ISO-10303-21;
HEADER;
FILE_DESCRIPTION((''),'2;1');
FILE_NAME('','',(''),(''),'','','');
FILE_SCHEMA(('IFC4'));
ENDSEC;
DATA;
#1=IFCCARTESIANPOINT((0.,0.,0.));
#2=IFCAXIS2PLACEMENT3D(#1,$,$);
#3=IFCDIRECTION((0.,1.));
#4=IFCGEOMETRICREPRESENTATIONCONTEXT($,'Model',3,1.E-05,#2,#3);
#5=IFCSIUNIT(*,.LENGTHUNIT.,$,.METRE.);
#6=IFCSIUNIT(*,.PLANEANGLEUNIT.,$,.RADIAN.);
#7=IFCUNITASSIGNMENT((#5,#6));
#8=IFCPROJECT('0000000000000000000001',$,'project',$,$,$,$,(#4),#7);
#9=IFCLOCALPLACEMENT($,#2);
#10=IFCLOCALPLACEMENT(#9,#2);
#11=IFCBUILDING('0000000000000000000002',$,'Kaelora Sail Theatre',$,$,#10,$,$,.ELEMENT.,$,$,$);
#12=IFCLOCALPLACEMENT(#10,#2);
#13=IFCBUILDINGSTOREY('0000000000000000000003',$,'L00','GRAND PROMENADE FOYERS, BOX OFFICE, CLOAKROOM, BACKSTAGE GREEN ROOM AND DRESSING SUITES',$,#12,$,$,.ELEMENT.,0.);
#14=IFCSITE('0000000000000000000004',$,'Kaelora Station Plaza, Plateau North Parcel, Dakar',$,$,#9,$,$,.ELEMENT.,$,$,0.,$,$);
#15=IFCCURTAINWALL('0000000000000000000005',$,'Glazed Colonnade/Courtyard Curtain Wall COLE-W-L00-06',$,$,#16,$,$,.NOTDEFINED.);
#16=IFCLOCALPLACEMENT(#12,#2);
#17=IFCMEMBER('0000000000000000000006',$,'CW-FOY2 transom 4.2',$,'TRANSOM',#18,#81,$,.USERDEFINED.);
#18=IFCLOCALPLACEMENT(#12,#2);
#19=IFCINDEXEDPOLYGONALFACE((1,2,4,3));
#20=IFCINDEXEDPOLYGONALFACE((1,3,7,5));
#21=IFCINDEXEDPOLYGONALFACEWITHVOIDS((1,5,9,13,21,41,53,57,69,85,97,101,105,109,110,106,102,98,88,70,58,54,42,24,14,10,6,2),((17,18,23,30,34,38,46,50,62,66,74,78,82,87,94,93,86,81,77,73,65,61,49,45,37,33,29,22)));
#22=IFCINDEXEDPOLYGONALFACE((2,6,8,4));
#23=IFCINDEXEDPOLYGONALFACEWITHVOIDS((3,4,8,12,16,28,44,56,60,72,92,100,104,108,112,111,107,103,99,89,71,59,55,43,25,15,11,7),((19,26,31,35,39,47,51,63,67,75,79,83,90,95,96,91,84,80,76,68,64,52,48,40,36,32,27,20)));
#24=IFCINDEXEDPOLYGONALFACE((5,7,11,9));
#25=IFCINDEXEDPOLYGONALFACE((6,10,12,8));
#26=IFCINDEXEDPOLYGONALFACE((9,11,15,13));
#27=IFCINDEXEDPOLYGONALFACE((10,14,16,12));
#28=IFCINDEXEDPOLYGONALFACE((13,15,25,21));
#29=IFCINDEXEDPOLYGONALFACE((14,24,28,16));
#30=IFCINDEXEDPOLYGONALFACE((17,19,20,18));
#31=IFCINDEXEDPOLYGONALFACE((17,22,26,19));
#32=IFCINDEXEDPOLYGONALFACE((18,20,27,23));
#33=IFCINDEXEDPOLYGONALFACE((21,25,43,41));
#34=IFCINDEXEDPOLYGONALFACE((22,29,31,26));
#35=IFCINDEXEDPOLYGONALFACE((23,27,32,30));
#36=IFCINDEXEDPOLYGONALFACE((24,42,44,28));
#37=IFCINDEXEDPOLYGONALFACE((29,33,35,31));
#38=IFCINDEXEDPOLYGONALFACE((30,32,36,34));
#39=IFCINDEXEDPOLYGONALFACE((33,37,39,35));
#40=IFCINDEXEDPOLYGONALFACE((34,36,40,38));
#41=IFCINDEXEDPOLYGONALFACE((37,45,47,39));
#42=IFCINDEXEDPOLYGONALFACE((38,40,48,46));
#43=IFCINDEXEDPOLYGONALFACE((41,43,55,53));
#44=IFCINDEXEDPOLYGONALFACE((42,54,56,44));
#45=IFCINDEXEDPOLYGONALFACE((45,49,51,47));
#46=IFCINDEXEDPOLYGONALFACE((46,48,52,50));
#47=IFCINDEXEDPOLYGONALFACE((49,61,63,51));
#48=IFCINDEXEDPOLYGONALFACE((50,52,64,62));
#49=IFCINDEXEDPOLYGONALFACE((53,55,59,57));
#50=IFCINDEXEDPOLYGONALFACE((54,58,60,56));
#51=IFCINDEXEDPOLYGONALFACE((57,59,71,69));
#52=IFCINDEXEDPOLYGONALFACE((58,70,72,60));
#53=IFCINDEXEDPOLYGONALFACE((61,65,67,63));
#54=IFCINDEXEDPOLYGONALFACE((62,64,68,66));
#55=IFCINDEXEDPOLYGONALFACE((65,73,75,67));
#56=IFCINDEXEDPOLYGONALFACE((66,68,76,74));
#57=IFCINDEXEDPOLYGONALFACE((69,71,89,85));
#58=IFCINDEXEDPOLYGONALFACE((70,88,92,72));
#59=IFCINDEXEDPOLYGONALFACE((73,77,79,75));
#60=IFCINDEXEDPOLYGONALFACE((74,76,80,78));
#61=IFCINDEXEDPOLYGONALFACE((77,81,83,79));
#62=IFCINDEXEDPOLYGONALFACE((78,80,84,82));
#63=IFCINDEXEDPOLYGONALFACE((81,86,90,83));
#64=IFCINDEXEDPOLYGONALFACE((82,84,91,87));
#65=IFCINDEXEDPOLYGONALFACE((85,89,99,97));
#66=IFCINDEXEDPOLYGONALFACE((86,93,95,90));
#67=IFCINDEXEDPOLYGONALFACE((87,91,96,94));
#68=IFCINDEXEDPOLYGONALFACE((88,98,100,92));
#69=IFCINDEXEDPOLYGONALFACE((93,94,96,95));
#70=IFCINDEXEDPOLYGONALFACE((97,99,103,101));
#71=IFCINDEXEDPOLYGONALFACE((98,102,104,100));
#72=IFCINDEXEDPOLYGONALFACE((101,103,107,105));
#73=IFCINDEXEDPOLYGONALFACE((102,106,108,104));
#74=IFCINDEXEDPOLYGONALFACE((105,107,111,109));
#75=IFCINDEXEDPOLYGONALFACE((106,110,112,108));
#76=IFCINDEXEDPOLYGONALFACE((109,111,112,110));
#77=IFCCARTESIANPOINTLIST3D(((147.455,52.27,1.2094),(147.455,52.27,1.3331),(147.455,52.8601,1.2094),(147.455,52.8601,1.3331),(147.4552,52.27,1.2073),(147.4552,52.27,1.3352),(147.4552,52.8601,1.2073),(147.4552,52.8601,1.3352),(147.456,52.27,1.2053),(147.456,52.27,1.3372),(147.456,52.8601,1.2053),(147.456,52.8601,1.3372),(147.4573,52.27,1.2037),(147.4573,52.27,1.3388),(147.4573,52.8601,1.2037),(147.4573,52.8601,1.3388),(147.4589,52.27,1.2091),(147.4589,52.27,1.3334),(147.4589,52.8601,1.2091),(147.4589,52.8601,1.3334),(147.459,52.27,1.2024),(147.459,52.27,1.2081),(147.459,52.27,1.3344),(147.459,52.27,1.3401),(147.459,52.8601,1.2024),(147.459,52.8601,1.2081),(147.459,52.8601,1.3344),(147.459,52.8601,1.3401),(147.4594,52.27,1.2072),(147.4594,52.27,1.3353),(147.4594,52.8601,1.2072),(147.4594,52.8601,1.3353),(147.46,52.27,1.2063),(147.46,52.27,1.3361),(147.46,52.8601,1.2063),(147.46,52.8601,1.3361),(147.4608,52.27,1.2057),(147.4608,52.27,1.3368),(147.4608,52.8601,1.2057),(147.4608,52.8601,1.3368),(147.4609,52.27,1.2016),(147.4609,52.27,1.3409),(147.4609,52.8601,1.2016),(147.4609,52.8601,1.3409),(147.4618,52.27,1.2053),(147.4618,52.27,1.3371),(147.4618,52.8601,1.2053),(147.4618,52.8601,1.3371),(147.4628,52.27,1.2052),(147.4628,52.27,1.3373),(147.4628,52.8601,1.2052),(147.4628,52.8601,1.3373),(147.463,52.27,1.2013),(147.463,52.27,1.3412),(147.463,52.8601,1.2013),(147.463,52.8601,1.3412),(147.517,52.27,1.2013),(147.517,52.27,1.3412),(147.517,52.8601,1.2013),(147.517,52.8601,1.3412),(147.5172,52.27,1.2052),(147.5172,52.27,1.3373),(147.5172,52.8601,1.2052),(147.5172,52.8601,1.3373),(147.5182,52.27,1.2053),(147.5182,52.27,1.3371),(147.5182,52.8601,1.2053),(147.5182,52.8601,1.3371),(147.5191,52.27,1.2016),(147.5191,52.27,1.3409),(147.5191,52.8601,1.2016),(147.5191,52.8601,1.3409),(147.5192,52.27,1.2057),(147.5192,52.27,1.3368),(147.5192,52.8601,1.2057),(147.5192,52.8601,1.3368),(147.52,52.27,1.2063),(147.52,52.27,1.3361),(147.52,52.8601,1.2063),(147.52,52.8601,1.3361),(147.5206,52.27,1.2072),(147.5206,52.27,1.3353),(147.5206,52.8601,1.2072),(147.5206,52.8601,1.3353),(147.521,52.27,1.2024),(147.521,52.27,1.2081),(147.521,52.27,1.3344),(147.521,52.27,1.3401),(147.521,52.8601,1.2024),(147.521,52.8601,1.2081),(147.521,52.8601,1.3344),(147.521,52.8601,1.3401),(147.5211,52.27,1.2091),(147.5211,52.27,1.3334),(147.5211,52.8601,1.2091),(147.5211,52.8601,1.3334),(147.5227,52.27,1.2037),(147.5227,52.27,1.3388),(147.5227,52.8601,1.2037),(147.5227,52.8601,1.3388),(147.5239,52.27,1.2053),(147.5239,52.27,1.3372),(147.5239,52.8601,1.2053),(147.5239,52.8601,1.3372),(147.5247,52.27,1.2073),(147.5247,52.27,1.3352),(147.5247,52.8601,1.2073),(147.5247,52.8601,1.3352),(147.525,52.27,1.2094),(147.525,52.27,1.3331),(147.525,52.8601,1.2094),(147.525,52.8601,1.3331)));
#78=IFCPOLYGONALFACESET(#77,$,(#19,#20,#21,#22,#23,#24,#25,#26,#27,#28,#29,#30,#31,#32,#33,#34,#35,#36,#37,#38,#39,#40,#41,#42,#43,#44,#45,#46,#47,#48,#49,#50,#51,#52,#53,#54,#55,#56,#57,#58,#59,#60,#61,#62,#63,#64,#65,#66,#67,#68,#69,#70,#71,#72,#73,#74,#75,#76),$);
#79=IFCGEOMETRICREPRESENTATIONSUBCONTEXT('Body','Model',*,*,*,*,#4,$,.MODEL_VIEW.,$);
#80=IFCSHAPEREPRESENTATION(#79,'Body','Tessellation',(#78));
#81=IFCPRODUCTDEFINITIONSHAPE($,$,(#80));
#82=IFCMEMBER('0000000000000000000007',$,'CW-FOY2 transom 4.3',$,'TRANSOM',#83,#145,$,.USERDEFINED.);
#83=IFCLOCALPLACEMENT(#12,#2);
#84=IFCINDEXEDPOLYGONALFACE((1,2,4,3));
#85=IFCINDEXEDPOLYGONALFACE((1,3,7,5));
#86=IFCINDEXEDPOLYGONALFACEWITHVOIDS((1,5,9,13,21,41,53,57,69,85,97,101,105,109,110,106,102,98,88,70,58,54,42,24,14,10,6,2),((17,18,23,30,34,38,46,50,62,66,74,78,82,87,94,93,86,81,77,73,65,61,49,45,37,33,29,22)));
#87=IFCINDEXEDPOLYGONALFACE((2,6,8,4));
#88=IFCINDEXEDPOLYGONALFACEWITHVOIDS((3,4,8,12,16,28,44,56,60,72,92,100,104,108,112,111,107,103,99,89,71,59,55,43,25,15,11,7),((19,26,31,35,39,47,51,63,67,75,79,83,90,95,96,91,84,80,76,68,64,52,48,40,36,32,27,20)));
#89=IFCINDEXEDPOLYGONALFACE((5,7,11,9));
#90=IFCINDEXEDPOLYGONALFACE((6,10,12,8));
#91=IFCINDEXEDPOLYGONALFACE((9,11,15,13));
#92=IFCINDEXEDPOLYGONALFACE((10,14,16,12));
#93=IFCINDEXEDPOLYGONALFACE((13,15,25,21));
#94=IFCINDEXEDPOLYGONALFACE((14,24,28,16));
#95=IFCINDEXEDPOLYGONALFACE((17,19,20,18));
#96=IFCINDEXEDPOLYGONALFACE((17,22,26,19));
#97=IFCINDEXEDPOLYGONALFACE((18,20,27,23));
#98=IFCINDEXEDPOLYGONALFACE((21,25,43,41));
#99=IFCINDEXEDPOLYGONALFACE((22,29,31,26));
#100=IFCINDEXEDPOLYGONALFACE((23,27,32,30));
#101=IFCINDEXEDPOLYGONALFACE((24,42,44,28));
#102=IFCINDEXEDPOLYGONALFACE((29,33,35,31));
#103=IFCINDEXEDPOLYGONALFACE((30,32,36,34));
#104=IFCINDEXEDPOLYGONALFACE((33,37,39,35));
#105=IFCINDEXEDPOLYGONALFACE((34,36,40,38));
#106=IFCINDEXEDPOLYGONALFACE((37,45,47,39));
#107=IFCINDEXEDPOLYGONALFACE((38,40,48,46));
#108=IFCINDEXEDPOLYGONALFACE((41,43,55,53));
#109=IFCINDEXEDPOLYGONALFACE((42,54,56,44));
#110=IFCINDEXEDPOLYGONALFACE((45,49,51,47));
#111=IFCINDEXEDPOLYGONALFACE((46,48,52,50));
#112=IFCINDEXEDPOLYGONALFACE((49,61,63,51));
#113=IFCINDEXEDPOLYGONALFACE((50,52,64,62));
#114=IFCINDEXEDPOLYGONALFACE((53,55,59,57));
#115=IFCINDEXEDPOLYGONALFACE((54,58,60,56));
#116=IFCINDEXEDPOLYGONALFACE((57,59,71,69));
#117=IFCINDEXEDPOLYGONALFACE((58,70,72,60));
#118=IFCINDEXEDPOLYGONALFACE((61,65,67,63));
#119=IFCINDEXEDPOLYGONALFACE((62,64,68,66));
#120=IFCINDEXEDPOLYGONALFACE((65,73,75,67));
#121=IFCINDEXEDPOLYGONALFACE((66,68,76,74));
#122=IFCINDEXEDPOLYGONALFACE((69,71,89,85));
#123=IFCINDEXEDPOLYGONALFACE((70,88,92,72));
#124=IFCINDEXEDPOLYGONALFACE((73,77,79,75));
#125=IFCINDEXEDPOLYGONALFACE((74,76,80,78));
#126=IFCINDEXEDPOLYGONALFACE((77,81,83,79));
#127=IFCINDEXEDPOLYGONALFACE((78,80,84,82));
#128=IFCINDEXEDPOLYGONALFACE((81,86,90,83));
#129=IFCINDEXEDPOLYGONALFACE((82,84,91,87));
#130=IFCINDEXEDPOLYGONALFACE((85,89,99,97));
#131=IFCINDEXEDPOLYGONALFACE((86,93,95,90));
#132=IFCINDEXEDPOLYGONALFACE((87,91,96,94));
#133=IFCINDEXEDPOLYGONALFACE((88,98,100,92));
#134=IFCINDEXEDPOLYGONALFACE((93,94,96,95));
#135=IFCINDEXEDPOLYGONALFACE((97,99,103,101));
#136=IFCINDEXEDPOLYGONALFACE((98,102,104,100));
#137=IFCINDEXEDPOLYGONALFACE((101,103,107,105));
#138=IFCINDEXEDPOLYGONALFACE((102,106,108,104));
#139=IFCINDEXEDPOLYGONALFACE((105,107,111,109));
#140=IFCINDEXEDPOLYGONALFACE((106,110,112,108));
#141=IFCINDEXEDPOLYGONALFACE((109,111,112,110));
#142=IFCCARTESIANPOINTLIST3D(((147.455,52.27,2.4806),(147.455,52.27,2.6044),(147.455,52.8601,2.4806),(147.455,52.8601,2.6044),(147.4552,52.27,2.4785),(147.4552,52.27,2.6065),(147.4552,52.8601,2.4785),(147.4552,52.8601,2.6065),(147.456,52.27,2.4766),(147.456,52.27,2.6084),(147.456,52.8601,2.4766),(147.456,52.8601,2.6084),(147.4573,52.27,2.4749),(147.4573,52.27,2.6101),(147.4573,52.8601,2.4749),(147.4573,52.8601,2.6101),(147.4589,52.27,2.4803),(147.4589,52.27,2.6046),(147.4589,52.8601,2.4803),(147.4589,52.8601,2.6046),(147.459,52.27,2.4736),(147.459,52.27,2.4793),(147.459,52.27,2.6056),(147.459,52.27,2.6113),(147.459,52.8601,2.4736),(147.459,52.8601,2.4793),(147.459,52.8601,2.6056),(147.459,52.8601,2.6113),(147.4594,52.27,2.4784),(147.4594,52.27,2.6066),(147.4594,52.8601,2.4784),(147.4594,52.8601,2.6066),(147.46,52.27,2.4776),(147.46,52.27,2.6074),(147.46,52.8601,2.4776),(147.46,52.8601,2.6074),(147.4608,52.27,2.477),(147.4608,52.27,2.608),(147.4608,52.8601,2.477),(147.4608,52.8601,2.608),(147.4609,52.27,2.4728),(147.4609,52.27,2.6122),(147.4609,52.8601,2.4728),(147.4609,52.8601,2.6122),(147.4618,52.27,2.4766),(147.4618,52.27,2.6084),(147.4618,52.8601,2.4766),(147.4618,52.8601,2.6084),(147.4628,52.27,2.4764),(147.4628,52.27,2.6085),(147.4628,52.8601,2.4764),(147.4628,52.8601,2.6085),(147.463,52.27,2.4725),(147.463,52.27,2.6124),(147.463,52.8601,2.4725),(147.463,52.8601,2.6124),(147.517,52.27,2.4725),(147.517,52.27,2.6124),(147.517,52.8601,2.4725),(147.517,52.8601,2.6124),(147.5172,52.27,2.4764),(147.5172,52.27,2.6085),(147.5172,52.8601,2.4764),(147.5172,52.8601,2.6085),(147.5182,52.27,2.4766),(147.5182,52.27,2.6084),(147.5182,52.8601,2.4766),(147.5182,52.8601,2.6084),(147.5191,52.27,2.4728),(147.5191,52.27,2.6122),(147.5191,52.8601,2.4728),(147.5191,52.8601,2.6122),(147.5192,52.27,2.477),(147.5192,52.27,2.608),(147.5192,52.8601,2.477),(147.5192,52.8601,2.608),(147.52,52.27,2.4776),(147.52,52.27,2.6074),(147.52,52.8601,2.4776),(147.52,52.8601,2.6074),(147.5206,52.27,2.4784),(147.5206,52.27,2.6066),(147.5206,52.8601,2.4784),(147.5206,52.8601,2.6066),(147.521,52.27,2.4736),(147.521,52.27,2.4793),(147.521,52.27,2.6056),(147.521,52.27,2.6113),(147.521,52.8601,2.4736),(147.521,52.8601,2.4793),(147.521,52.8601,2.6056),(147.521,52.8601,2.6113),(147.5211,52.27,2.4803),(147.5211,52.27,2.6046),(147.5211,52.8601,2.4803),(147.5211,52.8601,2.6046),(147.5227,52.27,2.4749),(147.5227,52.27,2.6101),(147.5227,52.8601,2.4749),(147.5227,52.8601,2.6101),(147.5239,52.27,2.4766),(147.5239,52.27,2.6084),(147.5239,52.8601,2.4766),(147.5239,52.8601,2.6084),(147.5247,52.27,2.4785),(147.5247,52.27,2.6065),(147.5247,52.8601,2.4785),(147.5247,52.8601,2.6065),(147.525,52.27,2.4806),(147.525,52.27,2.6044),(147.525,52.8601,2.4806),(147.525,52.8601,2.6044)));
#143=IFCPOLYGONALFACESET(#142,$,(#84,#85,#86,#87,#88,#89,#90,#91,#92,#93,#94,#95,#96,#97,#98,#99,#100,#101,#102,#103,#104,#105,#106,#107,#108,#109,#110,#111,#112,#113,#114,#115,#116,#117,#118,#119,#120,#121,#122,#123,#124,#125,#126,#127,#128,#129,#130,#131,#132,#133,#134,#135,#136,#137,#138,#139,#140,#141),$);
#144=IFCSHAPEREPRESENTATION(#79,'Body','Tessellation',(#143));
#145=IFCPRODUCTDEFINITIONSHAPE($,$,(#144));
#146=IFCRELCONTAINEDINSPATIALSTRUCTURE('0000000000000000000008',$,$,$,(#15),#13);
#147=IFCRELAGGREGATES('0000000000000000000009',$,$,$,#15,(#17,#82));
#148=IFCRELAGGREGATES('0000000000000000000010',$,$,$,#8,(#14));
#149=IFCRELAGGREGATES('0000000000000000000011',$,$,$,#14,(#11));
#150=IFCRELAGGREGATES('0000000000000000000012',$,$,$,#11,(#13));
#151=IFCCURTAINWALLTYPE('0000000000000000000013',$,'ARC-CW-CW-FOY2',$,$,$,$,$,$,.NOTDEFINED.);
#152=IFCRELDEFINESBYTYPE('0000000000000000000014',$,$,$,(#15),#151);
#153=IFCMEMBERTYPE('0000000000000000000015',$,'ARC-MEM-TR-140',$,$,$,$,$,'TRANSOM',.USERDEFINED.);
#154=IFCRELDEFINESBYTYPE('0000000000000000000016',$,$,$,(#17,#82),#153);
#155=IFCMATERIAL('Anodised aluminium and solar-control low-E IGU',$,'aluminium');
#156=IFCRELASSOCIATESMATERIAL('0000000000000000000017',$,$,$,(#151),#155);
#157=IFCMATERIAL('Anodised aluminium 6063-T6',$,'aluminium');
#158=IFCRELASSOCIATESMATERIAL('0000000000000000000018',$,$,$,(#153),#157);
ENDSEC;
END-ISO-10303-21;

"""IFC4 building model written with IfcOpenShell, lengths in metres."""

from ifc_helpers import new_model, si_unit, direction, frame, origin, origin_2d, place, context, subcontext, project, spatial, hollow_rectangle, extrude, material, material_profile, profile_set, type_object, element, aggregate, save


model = new_model("IFC4")

# Units and contexts
model_context = context("Model", 3, precision=1e-05, world=origin(), true_north=direction((0.0, 1.0)))
body_context = subcontext(model_context, "Body", "Model", "MODEL_VIEW")
ifc_project = project(units=[si_unit("LENGTHUNIT", "METRE"), si_unit("PLANEANGLEUNIT", "RADIAN")], contexts=[model_context])

# Site, building, storey
site_placement = place(None, origin())
site = spatial("IfcSite", under=ifc_project, at=site_placement, Name="Kaelora Station Plaza, Plateau North Parcel, Dakar", CompositionType="ELEMENT", RefElevation=0.0)
building_placement = place(site_placement, origin())
building = spatial("IfcBuilding", under=site, at=building_placement, Name="Kaelora Sail Theatre", CompositionType="ELEMENT")
storey_placement = place(building_placement, origin())
storey = spatial("IfcBuildingStorey", under=building, at=storey_placement, Name="L00", Description="GRAND PROMENADE FOYERS, BOX OFFICE, CLOAKROOM, BACKSTAGE GREEN ROOM AND DRESSING SUITES", CompositionType="ELEMENT", Elevation=0.0)

# Curtain wall, members
ifc_material_1 = material(Name="Anodised aluminium and solar-control low-E IGU", Category="aluminium")
curtain_wall_type = type_object("IfcCurtainWallType", Name="ARC-CW-CW-FOY2", PredefinedType="NOTDEFINED", material=ifc_material_1)
curtain_wall_placement = place(storey_placement, origin())
curtain_wall = element("IfcCurtainWall", 1, at=curtain_wall_placement, inside=storey, type_object=curtain_wall_type, Name="Glazed Colonnade/Courtyard Curtain Wall COLE-W-L00-06", PredefinedType="NOTDEFINED")
ifc_material_2 = material(Name="Anodised aluminium 6063-T6", Category="aluminium")
ifc_material_profile_1 = material_profile(ifc_material_2, hollow_rectangle(XDim=0.0701, YDim=0.1399, WallThickness=0.0039, InnerFilletRadius=0.0039, OuterFilletRadius=0.0081, at=origin_2d()), Name="ALU-TRAN 70x140x4")
ifc_profile_set_1 = profile_set([ifc_material_profile_1], Name="Anodised aluminium 6063-T6")
member_type_1 = type_object("IfcMemberType", Name="ARC-MEM-TR-140", ElementType="TRANSOM", PredefinedType="USERDEFINED", material=ifc_profile_set_1)
member_1_placement = place(storey_placement, frame((147.49, 52.27, 1.2712), z_axis=(0.0, 1.0, 0.0), x_axis=(-1.0, 0.0, 0.0)))
member_1 = element("IfcMember", 2, at=member_1_placement, type_object=member_type_1, Name="CW-FOY2 transom 4.2", ObjectType="TRANSOM", PredefinedType="USERDEFINED", context=body_context, shape_type="SweptSolid", body=[
    extrude(hollow_rectangle(XDim=0.0701, YDim=0.1399, WallThickness=0.0039, InnerFilletRadius=0.0039, OuterFilletRadius=0.0081, at=origin_2d()), origin(), (0.0, 0.0, 1.0), 0.5901),
])
member_2_placement = place(storey_placement, frame((147.49, 52.27, 2.5425), z_axis=(0.0, 1.0, 0.0), x_axis=(-1.0, 0.0, 0.0)))
member_2 = element("IfcMember", 3, at=member_2_placement, type_object=member_type_1, Name="CW-FOY2 transom 4.3", ObjectType="TRANSOM", PredefinedType="USERDEFINED", context=body_context, shape_type="SweptSolid", body=[
    extrude(hollow_rectangle(XDim=0.0701, YDim=0.1399, WallThickness=0.0039, InnerFilletRadius=0.0039, OuterFilletRadius=0.0081, at=origin_2d()), origin(), (0.0, 0.0, 1.0), 0.5901),
])
aggregate(curtain_wall, [member_1, member_2])

save(model, "model.ifc")
